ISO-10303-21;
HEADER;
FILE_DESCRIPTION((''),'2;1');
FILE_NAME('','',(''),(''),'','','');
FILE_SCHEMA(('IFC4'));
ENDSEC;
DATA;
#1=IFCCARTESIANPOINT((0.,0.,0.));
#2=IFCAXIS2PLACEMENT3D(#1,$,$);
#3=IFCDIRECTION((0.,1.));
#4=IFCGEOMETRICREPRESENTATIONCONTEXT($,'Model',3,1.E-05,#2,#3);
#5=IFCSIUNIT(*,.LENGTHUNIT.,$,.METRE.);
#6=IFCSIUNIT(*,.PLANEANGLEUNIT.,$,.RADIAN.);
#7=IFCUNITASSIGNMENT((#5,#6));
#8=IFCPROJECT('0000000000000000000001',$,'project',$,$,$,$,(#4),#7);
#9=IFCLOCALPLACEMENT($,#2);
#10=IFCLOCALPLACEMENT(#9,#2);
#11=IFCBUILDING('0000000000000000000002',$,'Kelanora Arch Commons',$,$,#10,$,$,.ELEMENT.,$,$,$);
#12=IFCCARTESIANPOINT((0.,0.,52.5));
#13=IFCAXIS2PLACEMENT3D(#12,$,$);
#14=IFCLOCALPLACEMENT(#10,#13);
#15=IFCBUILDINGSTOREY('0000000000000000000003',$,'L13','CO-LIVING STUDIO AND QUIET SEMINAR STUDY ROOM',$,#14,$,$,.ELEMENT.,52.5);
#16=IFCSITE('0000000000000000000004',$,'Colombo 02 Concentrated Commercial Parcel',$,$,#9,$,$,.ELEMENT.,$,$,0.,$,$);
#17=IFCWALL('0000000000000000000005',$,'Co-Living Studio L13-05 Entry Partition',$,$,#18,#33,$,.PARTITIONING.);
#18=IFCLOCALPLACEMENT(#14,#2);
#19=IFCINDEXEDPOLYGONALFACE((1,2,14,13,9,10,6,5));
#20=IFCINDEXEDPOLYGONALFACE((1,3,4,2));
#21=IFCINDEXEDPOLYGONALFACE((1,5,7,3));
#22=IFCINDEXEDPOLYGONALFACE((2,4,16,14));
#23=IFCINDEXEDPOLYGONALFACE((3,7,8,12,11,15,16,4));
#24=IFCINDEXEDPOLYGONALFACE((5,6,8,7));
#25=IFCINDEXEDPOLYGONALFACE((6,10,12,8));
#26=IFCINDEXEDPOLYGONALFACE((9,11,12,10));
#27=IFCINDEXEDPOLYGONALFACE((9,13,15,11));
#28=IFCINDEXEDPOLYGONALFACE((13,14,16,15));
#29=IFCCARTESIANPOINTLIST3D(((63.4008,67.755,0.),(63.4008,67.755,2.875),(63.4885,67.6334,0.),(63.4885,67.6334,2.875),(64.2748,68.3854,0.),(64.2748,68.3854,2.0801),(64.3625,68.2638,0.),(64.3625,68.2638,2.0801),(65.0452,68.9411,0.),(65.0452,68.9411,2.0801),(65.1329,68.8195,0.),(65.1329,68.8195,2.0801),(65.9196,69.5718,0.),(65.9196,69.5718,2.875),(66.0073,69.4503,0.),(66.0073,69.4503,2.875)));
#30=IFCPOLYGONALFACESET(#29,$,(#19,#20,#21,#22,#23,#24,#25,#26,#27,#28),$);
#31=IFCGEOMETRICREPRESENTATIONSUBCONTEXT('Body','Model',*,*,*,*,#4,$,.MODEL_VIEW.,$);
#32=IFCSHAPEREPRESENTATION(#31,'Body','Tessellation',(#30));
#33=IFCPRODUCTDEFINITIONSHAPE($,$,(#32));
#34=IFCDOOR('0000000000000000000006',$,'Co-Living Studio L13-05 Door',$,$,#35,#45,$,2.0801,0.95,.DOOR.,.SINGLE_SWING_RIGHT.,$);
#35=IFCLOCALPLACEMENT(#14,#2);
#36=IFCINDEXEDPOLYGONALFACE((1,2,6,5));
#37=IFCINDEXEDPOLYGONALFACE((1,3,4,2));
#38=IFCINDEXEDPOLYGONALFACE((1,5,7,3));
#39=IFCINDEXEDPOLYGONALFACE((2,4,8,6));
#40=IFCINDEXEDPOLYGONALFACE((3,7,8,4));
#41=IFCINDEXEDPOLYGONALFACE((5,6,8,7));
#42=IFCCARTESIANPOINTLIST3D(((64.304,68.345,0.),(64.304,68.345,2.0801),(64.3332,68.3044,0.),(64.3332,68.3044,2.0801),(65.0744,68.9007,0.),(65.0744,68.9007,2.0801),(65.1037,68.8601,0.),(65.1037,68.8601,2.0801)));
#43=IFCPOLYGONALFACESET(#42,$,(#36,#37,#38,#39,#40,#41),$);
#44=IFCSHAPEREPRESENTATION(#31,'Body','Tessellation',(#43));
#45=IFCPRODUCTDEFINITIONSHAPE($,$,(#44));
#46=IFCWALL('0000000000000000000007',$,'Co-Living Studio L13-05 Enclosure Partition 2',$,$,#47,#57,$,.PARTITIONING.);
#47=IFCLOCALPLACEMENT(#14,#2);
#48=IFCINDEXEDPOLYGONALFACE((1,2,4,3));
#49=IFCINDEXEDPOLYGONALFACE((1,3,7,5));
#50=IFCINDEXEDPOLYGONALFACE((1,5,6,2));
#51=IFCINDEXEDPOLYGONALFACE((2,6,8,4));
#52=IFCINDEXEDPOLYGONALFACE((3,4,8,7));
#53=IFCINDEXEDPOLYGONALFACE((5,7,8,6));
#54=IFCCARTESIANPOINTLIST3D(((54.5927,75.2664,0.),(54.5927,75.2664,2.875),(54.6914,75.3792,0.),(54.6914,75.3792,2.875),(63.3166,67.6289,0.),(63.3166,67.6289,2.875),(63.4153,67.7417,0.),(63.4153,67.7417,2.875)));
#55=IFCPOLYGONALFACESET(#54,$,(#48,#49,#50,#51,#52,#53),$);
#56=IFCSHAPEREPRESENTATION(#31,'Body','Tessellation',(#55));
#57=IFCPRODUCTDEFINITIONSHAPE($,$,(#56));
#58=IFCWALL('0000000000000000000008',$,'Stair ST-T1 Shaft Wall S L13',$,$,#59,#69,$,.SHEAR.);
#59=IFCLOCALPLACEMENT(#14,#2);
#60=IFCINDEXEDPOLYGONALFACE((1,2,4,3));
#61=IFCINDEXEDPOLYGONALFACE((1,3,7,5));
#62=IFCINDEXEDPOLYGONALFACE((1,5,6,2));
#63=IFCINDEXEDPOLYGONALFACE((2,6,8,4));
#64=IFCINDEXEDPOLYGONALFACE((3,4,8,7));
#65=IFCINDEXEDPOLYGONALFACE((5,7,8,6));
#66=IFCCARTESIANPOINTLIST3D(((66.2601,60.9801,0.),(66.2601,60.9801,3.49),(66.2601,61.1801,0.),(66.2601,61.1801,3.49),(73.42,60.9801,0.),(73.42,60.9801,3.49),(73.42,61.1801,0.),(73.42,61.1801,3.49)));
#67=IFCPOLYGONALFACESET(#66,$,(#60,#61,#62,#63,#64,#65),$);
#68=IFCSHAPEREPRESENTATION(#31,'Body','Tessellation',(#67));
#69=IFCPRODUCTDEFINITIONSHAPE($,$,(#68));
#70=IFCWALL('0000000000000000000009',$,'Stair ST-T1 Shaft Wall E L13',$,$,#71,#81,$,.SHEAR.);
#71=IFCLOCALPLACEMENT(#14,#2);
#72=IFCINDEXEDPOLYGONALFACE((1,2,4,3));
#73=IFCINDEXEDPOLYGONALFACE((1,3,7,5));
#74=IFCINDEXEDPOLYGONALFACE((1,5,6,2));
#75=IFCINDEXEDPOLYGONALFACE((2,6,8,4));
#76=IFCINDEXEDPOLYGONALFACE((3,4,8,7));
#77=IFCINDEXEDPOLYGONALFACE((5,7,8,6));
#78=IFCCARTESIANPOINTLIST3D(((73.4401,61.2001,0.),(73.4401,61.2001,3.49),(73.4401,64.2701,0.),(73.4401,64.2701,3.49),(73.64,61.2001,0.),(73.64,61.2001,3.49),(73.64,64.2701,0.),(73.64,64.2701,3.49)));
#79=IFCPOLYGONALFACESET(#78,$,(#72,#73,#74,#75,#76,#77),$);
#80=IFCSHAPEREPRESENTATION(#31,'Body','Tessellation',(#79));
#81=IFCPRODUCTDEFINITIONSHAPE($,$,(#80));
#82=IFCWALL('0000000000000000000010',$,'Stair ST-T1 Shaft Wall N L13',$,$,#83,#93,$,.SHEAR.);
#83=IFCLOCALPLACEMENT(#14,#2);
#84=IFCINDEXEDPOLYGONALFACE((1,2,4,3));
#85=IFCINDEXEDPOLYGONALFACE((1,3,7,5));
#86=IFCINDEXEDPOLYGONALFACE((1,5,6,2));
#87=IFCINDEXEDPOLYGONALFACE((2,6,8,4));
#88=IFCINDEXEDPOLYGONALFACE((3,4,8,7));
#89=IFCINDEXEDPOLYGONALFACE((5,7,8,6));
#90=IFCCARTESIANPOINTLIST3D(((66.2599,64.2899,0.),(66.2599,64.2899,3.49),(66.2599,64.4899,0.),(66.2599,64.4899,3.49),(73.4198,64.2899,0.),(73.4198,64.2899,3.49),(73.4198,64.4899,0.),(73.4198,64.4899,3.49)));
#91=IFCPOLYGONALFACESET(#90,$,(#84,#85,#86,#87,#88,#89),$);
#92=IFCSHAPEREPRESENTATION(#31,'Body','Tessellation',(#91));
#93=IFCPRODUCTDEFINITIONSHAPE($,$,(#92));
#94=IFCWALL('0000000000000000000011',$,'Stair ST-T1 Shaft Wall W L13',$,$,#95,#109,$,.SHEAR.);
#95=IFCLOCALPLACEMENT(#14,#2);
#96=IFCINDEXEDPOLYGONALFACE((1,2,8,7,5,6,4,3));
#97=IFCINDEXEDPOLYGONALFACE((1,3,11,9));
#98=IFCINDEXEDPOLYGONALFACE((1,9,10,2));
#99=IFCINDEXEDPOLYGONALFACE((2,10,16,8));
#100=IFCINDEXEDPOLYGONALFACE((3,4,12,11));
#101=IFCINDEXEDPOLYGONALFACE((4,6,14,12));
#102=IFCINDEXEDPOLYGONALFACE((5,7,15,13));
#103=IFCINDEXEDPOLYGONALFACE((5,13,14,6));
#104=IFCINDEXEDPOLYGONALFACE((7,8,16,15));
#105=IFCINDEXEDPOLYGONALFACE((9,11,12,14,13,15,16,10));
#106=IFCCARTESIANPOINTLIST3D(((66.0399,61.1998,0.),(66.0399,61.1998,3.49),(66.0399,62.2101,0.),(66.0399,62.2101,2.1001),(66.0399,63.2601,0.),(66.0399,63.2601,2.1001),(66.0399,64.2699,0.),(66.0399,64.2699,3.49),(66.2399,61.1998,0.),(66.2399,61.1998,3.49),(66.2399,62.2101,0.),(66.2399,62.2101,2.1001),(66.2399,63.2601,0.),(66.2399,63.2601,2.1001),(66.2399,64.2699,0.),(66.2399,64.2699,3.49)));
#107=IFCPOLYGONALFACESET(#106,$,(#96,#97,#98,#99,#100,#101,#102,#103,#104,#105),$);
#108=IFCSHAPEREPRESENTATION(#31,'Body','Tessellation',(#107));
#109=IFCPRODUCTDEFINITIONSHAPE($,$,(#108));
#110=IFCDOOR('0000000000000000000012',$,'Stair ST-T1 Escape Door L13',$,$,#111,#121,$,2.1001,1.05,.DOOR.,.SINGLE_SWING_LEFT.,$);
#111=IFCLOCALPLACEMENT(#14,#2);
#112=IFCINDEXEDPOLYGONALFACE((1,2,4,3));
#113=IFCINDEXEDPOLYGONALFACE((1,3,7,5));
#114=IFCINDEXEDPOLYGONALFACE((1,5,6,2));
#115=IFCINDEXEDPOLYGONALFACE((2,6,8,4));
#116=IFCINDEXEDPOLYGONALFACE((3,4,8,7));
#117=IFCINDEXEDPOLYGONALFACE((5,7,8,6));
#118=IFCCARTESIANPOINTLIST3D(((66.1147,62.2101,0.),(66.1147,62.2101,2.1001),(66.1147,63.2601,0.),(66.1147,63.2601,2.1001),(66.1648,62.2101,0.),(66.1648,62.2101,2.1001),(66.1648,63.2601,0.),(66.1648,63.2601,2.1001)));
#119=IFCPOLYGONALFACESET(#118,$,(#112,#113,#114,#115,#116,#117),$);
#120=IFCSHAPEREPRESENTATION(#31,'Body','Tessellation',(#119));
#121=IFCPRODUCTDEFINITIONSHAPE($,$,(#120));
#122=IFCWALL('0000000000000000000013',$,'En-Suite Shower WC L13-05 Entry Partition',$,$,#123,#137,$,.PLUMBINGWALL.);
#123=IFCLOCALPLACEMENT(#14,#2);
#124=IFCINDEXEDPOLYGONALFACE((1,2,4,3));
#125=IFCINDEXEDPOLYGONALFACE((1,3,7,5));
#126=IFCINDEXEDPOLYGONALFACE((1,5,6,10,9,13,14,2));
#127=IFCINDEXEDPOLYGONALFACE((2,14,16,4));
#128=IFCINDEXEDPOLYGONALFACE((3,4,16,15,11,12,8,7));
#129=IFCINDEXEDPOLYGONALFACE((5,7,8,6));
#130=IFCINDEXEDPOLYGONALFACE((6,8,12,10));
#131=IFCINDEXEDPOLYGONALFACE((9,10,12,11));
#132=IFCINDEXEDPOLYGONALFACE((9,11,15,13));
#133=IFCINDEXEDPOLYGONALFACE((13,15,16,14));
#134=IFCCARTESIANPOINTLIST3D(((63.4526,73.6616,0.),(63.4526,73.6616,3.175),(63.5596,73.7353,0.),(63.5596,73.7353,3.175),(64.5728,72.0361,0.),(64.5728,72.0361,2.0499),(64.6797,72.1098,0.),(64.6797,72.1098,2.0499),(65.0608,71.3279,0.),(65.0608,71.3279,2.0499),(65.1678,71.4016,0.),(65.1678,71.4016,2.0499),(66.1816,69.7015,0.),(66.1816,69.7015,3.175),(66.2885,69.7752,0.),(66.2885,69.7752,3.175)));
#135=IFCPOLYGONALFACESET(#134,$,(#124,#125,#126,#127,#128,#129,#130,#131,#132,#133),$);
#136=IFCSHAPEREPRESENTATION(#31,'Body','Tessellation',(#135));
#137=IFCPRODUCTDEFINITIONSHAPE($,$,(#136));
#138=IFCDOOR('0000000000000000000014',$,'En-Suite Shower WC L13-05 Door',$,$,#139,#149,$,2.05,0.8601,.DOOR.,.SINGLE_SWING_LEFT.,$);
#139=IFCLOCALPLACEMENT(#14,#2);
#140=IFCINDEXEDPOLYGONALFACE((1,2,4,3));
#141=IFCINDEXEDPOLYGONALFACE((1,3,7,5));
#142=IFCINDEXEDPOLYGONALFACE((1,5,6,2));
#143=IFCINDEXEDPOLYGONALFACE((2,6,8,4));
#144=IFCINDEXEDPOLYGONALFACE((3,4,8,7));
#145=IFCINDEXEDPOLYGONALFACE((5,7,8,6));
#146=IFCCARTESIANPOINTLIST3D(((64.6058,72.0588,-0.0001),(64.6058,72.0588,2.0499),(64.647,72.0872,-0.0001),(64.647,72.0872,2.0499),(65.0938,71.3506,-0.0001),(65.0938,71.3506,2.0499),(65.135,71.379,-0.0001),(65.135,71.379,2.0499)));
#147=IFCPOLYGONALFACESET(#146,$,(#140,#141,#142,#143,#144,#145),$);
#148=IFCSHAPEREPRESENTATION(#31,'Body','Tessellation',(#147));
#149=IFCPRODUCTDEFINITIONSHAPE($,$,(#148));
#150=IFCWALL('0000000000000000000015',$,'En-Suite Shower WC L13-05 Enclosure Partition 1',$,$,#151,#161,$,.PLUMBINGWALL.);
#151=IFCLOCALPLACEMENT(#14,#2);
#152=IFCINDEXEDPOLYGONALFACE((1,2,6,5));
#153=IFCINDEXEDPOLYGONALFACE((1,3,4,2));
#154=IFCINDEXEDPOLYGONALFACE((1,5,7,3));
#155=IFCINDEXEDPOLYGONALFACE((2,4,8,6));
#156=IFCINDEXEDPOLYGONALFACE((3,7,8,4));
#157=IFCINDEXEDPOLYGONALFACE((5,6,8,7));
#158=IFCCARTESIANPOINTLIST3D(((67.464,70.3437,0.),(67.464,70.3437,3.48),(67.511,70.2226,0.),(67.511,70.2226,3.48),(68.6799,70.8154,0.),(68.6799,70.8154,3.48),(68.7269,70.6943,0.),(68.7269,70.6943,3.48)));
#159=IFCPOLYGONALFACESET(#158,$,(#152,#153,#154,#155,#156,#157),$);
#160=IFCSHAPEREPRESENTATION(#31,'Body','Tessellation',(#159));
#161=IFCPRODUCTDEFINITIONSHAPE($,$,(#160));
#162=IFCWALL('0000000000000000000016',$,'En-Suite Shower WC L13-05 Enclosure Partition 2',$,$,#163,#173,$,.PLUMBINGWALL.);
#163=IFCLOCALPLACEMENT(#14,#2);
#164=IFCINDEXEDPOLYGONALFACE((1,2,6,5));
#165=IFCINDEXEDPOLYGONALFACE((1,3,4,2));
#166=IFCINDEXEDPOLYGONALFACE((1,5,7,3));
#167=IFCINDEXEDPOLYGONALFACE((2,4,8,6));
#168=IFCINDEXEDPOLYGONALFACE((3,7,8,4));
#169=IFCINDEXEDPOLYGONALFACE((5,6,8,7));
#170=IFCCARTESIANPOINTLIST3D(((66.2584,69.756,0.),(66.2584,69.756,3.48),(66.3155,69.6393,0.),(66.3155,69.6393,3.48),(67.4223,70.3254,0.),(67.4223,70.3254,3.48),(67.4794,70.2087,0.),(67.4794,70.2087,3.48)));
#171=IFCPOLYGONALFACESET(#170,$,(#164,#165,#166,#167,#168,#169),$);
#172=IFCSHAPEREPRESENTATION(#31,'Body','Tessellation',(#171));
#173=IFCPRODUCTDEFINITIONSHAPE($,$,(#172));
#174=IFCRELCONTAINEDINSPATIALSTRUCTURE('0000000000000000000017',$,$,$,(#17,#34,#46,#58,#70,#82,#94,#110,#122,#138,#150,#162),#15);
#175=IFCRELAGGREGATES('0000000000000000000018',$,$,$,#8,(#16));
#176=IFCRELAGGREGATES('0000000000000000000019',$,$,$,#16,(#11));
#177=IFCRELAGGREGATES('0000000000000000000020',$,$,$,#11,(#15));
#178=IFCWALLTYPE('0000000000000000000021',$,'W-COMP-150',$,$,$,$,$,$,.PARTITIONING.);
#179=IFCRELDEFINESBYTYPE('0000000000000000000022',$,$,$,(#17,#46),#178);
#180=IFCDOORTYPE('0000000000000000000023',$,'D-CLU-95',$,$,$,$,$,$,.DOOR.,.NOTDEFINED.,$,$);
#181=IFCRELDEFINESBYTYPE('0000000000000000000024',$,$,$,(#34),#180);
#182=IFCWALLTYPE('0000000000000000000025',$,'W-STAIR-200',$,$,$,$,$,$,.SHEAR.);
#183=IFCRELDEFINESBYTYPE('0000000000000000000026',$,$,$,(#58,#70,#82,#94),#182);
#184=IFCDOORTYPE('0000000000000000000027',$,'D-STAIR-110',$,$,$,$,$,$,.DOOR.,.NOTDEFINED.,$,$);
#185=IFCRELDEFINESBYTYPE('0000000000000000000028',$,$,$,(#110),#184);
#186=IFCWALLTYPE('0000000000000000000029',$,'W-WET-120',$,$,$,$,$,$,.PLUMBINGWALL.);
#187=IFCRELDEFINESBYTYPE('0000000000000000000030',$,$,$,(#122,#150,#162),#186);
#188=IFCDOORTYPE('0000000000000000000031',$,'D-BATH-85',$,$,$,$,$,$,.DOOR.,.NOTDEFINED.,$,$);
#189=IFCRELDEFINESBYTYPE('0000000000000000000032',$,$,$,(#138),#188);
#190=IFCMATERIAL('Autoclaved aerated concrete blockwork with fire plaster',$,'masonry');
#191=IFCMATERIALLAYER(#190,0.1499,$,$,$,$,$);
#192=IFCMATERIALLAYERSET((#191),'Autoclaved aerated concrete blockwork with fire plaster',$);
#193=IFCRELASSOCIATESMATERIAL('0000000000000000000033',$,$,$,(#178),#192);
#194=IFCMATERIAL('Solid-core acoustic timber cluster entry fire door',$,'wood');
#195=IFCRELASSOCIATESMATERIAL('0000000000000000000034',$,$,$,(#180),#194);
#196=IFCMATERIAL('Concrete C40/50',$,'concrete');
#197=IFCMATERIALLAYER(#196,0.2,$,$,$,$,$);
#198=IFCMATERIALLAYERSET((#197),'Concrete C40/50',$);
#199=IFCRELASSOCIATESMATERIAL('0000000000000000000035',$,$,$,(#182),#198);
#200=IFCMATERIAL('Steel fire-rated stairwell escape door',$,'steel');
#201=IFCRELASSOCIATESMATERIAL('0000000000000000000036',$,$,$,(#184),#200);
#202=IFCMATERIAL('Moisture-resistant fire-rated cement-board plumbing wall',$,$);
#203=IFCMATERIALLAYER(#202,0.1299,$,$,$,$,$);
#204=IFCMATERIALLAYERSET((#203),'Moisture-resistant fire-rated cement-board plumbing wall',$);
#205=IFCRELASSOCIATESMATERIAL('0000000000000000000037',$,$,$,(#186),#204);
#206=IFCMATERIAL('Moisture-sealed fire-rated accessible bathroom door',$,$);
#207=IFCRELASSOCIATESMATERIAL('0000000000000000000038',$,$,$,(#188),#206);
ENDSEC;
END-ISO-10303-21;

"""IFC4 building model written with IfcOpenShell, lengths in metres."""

from ifc_helpers import new_model, si_unit, direction, frame, frame_2d, origin, place, context, subcontext, project, spatial, rectangle, extrude, material, layer, layer_set, type_object, element, fill, save


model = new_model("IFC4")

# Units and contexts
model_context = context("Model", 3, precision=1e-05, world=origin(), true_north=direction((0.0, 1.0)))
body_context = subcontext(model_context, "Body", "Model", "MODEL_VIEW")
ifc_project = project(units=[si_unit("LENGTHUNIT", "METRE"), si_unit("PLANEANGLEUNIT", "RADIAN")], contexts=[model_context])

# Site, building, storey
site_placement = place(None, origin())
site = spatial("IfcSite", under=ifc_project, at=site_placement, Name="Colombo 02 Concentrated Commercial Parcel", CompositionType="ELEMENT", RefElevation=0.0)
building_placement = place(site_placement, origin())
building = spatial("IfcBuilding", under=site, at=building_placement, Name="Kelanora Arch Commons", CompositionType="ELEMENT")
storey_placement = place(building_placement, frame((0.0, 0.0, 52.5)))
storey = spatial("IfcBuildingStorey", under=building, at=storey_placement, Name="L13", Description="CO-LIVING STUDIO AND QUIET SEMINAR STUDY ROOM", CompositionType="ELEMENT", Elevation=52.5)

# Wall, opening, door
ifc_material_1 = material(Name="Autoclaved aerated concrete blockwork with fire plaster", Category="masonry")
ifc_layer_1 = layer(ifc_material_1, 0.1499)
ifc_layer_set_1 = layer_set([ifc_layer_1], Name="Autoclaved aerated concrete blockwork with fire plaster")
wall_type_1 = type_object("IfcWallType", Name="W-COMP-150", PredefinedType="PARTITIONING", material=ifc_layer_set_1)
wall_1_placement = place(storey_placement, frame((65.9634, 69.511, 0.0), z_axis=(0.0, 0.0, 1.0), x_axis=(-0.811021, -0.585017, 0.0)))
wall_1 = element("IfcWall", 1, at=wall_1_placement, inside=storey, type_object=wall_type_1, Name="Co-Living Studio L13-05 Entry Partition", PredefinedType="PARTITIONING", context=body_context, shape_type="SweptSolid", body=[
    extrude(rectangle(XDim=3.1057, YDim=0.1499, at=frame_2d((1.5527, 0.0))), origin(), (0.0, 0.0, 1.0), 2.875),
])
opening_1_placement = place(wall_1_placement, frame((1.0779, 0.0, 0.0)))
opening_1 = element("IfcOpeningElement", 2, at=opening_1_placement, cuts=wall_1, PredefinedType="OPENING", context=body_context, shape_type="SweptSolid", body=[
    extrude(rectangle(XDim=0.95, YDim=2.0801, at=frame_2d((0.4751, 1.04))), frame((0.0, 0.085, 0.0), z_axis=(0.0, -1.0, 0.0), x_axis=(1.0, 0.0, 0.0)), (0.0, 0.0, 1.0), 0.1699),
])
ifc_material_2 = material(Name="Solid-core acoustic timber cluster entry fire door", Category="wood")
door_type_1 = type_object("IfcDoorType", Name="D-CLU-95", OperationType="NOTDEFINED", PredefinedType="DOOR", material=ifc_material_2)
door_1_placement = place(opening_1_placement, origin())
door_1 = element("IfcDoor", 3, at=door_1_placement, inside=storey, type_object=door_type_1, Name="Co-Living Studio L13-05 Door", OperationType="SINGLE_SWING_RIGHT", OverallHeight=2.0801, OverallWidth=0.95, PredefinedType="DOOR", context=body_context, shape_type="SweptSolid", body=[
    extrude(rectangle(XDim=0.95, YDim=2.0801, at=frame_2d((0.4751, 1.04))), frame((0.0, 0.0249, 0.0), z_axis=(0.0, -1.0, 0.0), x_axis=(1.0, 0.0, 0.0)), (0.0, 0.0, 1.0), 0.05),
])
fill(opening_1, door_1)

# Walls
wall_2_placement = place(storey_placement, frame((63.366, 67.6853, 0.0), z_axis=(0.0, 0.0, 1.0), x_axis=(-0.752403, 0.658703, 0.0)))
element("IfcWall", 4, at=wall_2_placement, inside=storey, type_object=wall_type_1, Name="Co-Living Studio L13-05 Enclosure Partition 2", PredefinedType="PARTITIONING", context=body_context, shape_type="SweptSolid", body=[
    extrude(rectangle(XDim=11.5947, YDim=0.1499, at=frame_2d((5.7974, 0.0))), origin(), (0.0, 0.0, 1.0), 2.875),
])
ifc_material_3 = material(Name="Concrete C40/50", Category="concrete")
ifc_layer_2 = layer(ifc_material_3, 0.2)
ifc_layer_set_2 = layer_set([ifc_layer_2], Name="Concrete C40/50")
wall_type_2 = type_object("IfcWallType", Name="W-STAIR-200", PredefinedType="SHEAR", material=ifc_layer_set_2)
wall_3_placement = place(storey_placement, frame((66.26, 61.0801, 0.0), z_axis=(0.0, 0.0, 1.0), x_axis=(1.0, 0.0, 0.0)))
element("IfcWall", 5, at=wall_3_placement, inside=storey, type_object=wall_type_2, Name="Stair ST-T1 Shaft Wall S L13", PredefinedType="SHEAR", context=body_context, shape_type="SweptSolid", body=[
    extrude(rectangle(XDim=7.1599, YDim=0.2, at=frame_2d((3.5801, 0.0))), origin(), (0.0, 0.0, 1.0), 3.49),
])
wall_4_placement = place(storey_placement, frame((73.54, 61.2, 0.0), z_axis=(0.0, 0.0, 1.0), x_axis=(0.0, 1.0, 0.0)))
element("IfcWall", 6, at=wall_4_placement, inside=storey, type_object=wall_type_2, Name="Stair ST-T1 Shaft Wall E L13", PredefinedType="SHEAR", context=body_context, shape_type="SweptSolid", body=[
    extrude(rectangle(XDim=3.0701, YDim=0.2, at=frame_2d((1.5352, 0.0))), origin(), (0.0, 0.0, 1.0), 3.49),
])
wall_5_placement = place(storey_placement, frame((73.4199, 64.3899, 0.0), z_axis=(0.0, 0.0, 1.0), x_axis=(-1.0, 0.0, 0.0)))
element("IfcWall", 7, at=wall_5_placement, inside=storey, type_object=wall_type_2, Name="Stair ST-T1 Shaft Wall N L13", PredefinedType="SHEAR", context=body_context, shape_type="SweptSolid", body=[
    extrude(rectangle(XDim=7.1599, YDim=0.2, at=frame_2d((3.5801, 0.0))), origin(), (0.0, 0.0, 1.0), 3.49),
])

# Walls, openings, doors
wall_6_placement = place(storey_placement, frame((66.1399, 64.27, 0.0), z_axis=(0.0, 0.0, 1.0), x_axis=(0.0, -1.0, 0.0)))
wall_6 = element("IfcWall", 8, at=wall_6_placement, inside=storey, type_object=wall_type_2, Name="Stair ST-T1 Shaft Wall W L13", PredefinedType="SHEAR", context=body_context, shape_type="SweptSolid", body=[
    extrude(rectangle(XDim=3.0701, YDim=0.2, at=frame_2d((1.5352, 0.0))), origin(), (0.0, 0.0, 1.0), 3.49),
])
opening_2_placement = place(wall_6_placement, frame((1.01, 0.0, 0.0)))
opening_2 = element("IfcOpeningElement", 9, at=opening_2_placement, cuts=wall_6, PredefinedType="OPENING", context=body_context, shape_type="SweptSolid", body=[
    extrude(rectangle(XDim=1.05, YDim=2.1001, at=frame_2d((0.5249, 1.05))), frame((0.0, 0.1099, 0.0), z_axis=(0.0, -1.0, 0.0), x_axis=(1.0, 0.0, 0.0)), (0.0, 0.0, 1.0), 0.22),
])
ifc_material_4 = material(Name="Steel fire-rated stairwell escape door", Category="steel")
door_type_2 = type_object("IfcDoorType", Name="D-STAIR-110", OperationType="NOTDEFINED", PredefinedType="DOOR", material=ifc_material_4)
door_2_placement = place(opening_2_placement, origin())
door_2 = element("IfcDoor", 10, at=door_2_placement, inside=storey, type_object=door_type_2, Name="Stair ST-T1 Escape Door L13", OperationType="SINGLE_SWING_LEFT", OverallHeight=2.1001, OverallWidth=1.05, PredefinedType="DOOR", context=body_context, shape_type="SweptSolid", body=[
    extrude(rectangle(XDim=1.05, YDim=2.1001, at=frame_2d((0.5249, 1.05))), frame((0.0, 0.0249, 0.0), z_axis=(0.0, -1.0, 0.0), x_axis=(1.0, 0.0, 0.0)), (0.0, 0.0, 1.0), 0.05),
])
fill(opening_2, door_2)
ifc_material_5 = material(Name="Moisture-resistant fire-rated cement-board plumbing wall")
ifc_layer_3 = layer(ifc_material_5, 0.1299)
ifc_layer_set_3 = layer_set([ifc_layer_3], Name="Moisture-resistant fire-rated cement-board plumbing wall")
wall_type_3 = type_object("IfcWallType", Name="W-WET-120", PredefinedType="PLUMBINGWALL", material=ifc_layer_set_3)
wall_7_placement = place(storey_placement, frame((66.2351, 69.7383, 0.0), z_axis=(0.0, 0.0, 1.0), x_axis=(-0.567427, 0.823424, 0.0)))
wall_7 = element("IfcWall", 11, at=wall_7_placement, inside=storey, type_object=wall_type_3, Name="En-Suite Shower WC L13-05 Entry Partition", PredefinedType="PLUMBINGWALL", context=body_context, shape_type="SweptSolid", body=[
    extrude(rectangle(XDim=4.8093, YDim=0.1299, at=frame_2d((2.4048, 0.0))), origin(), (0.0, 0.0, 1.0), 3.175),
])
opening_3_placement = place(wall_7_placement, frame((1.9751, 0.0, 0.0)))
opening_3 = element("IfcOpeningElement", 12, at=opening_3_placement, cuts=wall_7, PredefinedType="OPENING", context=body_context, shape_type="SweptSolid", body=[
    extrude(rectangle(XDim=0.8601, YDim=2.05, at=frame_2d((0.4302, 1.0249))), frame((0.0, 0.075, 0.0), z_axis=(0.0, -1.0, 0.0), x_axis=(1.0, 0.0, 0.0)), (0.0, 0.0, 1.0), 0.1499),
])
ifc_material_6 = material(Name="Moisture-sealed fire-rated accessible bathroom door")
door_type_3 = type_object("IfcDoorType", Name="D-BATH-85", OperationType="NOTDEFINED", PredefinedType="DOOR", material=ifc_material_6)
door_3_placement = place(opening_3_placement, origin())
door_3 = element("IfcDoor", 13, at=door_3_placement, inside=storey, type_object=door_type_3, Name="En-Suite Shower WC L13-05 Door", OperationType="SINGLE_SWING_LEFT", OverallHeight=2.05, OverallWidth=0.8601, PredefinedType="DOOR", context=body_context, shape_type="SweptSolid", body=[
    extrude(rectangle(XDim=0.8601, YDim=2.05, at=frame_2d((0.4302, 1.0249))), frame((0.0, 0.0249, 0.0), z_axis=(0.0, -1.0, 0.0), x_axis=(1.0, 0.0, 0.0)), (0.0, 0.0, 1.0), 0.05),
])
fill(opening_3, door_3)

# Walls
wall_8_placement = place(storey_placement, frame((68.7034, 70.7549, 0.0), z_axis=(0.0, 0.0, 1.0), x_axis=(-0.932299, -0.361687, 0.0)))
element("IfcWall", 14, at=wall_8_placement, inside=storey, type_object=wall_type_3, Name="En-Suite Shower WC L13-05 Enclosure Partition 1", PredefinedType="PLUMBINGWALL", context=body_context, shape_type="SweptSolid", body=[
    extrude(rectangle(XDim=1.3042, YDim=0.1299, at=frame_2d((0.6521, 0.0))), origin(), (0.0, 0.0, 1.0), 3.48),
])
wall_9_placement = place(storey_placement, frame((67.4509, 70.2671, 0.0), z_axis=(0.0, 0.0, 1.0), x_axis=(-0.898275, -0.439433, 0.0)))
element("IfcWall", 15, at=wall_9_placement, inside=storey, type_object=wall_type_3, Name="En-Suite Shower WC L13-05 Enclosure Partition 2", PredefinedType="PLUMBINGWALL", context=body_context, shape_type="SweptSolid", body=[
    extrude(rectangle(XDim=1.2957, YDim=0.1299, at=frame_2d((0.6479, 0.0))), origin(), (0.0, 0.0, 1.0), 3.48),
])

save(model, "model.ifc")
